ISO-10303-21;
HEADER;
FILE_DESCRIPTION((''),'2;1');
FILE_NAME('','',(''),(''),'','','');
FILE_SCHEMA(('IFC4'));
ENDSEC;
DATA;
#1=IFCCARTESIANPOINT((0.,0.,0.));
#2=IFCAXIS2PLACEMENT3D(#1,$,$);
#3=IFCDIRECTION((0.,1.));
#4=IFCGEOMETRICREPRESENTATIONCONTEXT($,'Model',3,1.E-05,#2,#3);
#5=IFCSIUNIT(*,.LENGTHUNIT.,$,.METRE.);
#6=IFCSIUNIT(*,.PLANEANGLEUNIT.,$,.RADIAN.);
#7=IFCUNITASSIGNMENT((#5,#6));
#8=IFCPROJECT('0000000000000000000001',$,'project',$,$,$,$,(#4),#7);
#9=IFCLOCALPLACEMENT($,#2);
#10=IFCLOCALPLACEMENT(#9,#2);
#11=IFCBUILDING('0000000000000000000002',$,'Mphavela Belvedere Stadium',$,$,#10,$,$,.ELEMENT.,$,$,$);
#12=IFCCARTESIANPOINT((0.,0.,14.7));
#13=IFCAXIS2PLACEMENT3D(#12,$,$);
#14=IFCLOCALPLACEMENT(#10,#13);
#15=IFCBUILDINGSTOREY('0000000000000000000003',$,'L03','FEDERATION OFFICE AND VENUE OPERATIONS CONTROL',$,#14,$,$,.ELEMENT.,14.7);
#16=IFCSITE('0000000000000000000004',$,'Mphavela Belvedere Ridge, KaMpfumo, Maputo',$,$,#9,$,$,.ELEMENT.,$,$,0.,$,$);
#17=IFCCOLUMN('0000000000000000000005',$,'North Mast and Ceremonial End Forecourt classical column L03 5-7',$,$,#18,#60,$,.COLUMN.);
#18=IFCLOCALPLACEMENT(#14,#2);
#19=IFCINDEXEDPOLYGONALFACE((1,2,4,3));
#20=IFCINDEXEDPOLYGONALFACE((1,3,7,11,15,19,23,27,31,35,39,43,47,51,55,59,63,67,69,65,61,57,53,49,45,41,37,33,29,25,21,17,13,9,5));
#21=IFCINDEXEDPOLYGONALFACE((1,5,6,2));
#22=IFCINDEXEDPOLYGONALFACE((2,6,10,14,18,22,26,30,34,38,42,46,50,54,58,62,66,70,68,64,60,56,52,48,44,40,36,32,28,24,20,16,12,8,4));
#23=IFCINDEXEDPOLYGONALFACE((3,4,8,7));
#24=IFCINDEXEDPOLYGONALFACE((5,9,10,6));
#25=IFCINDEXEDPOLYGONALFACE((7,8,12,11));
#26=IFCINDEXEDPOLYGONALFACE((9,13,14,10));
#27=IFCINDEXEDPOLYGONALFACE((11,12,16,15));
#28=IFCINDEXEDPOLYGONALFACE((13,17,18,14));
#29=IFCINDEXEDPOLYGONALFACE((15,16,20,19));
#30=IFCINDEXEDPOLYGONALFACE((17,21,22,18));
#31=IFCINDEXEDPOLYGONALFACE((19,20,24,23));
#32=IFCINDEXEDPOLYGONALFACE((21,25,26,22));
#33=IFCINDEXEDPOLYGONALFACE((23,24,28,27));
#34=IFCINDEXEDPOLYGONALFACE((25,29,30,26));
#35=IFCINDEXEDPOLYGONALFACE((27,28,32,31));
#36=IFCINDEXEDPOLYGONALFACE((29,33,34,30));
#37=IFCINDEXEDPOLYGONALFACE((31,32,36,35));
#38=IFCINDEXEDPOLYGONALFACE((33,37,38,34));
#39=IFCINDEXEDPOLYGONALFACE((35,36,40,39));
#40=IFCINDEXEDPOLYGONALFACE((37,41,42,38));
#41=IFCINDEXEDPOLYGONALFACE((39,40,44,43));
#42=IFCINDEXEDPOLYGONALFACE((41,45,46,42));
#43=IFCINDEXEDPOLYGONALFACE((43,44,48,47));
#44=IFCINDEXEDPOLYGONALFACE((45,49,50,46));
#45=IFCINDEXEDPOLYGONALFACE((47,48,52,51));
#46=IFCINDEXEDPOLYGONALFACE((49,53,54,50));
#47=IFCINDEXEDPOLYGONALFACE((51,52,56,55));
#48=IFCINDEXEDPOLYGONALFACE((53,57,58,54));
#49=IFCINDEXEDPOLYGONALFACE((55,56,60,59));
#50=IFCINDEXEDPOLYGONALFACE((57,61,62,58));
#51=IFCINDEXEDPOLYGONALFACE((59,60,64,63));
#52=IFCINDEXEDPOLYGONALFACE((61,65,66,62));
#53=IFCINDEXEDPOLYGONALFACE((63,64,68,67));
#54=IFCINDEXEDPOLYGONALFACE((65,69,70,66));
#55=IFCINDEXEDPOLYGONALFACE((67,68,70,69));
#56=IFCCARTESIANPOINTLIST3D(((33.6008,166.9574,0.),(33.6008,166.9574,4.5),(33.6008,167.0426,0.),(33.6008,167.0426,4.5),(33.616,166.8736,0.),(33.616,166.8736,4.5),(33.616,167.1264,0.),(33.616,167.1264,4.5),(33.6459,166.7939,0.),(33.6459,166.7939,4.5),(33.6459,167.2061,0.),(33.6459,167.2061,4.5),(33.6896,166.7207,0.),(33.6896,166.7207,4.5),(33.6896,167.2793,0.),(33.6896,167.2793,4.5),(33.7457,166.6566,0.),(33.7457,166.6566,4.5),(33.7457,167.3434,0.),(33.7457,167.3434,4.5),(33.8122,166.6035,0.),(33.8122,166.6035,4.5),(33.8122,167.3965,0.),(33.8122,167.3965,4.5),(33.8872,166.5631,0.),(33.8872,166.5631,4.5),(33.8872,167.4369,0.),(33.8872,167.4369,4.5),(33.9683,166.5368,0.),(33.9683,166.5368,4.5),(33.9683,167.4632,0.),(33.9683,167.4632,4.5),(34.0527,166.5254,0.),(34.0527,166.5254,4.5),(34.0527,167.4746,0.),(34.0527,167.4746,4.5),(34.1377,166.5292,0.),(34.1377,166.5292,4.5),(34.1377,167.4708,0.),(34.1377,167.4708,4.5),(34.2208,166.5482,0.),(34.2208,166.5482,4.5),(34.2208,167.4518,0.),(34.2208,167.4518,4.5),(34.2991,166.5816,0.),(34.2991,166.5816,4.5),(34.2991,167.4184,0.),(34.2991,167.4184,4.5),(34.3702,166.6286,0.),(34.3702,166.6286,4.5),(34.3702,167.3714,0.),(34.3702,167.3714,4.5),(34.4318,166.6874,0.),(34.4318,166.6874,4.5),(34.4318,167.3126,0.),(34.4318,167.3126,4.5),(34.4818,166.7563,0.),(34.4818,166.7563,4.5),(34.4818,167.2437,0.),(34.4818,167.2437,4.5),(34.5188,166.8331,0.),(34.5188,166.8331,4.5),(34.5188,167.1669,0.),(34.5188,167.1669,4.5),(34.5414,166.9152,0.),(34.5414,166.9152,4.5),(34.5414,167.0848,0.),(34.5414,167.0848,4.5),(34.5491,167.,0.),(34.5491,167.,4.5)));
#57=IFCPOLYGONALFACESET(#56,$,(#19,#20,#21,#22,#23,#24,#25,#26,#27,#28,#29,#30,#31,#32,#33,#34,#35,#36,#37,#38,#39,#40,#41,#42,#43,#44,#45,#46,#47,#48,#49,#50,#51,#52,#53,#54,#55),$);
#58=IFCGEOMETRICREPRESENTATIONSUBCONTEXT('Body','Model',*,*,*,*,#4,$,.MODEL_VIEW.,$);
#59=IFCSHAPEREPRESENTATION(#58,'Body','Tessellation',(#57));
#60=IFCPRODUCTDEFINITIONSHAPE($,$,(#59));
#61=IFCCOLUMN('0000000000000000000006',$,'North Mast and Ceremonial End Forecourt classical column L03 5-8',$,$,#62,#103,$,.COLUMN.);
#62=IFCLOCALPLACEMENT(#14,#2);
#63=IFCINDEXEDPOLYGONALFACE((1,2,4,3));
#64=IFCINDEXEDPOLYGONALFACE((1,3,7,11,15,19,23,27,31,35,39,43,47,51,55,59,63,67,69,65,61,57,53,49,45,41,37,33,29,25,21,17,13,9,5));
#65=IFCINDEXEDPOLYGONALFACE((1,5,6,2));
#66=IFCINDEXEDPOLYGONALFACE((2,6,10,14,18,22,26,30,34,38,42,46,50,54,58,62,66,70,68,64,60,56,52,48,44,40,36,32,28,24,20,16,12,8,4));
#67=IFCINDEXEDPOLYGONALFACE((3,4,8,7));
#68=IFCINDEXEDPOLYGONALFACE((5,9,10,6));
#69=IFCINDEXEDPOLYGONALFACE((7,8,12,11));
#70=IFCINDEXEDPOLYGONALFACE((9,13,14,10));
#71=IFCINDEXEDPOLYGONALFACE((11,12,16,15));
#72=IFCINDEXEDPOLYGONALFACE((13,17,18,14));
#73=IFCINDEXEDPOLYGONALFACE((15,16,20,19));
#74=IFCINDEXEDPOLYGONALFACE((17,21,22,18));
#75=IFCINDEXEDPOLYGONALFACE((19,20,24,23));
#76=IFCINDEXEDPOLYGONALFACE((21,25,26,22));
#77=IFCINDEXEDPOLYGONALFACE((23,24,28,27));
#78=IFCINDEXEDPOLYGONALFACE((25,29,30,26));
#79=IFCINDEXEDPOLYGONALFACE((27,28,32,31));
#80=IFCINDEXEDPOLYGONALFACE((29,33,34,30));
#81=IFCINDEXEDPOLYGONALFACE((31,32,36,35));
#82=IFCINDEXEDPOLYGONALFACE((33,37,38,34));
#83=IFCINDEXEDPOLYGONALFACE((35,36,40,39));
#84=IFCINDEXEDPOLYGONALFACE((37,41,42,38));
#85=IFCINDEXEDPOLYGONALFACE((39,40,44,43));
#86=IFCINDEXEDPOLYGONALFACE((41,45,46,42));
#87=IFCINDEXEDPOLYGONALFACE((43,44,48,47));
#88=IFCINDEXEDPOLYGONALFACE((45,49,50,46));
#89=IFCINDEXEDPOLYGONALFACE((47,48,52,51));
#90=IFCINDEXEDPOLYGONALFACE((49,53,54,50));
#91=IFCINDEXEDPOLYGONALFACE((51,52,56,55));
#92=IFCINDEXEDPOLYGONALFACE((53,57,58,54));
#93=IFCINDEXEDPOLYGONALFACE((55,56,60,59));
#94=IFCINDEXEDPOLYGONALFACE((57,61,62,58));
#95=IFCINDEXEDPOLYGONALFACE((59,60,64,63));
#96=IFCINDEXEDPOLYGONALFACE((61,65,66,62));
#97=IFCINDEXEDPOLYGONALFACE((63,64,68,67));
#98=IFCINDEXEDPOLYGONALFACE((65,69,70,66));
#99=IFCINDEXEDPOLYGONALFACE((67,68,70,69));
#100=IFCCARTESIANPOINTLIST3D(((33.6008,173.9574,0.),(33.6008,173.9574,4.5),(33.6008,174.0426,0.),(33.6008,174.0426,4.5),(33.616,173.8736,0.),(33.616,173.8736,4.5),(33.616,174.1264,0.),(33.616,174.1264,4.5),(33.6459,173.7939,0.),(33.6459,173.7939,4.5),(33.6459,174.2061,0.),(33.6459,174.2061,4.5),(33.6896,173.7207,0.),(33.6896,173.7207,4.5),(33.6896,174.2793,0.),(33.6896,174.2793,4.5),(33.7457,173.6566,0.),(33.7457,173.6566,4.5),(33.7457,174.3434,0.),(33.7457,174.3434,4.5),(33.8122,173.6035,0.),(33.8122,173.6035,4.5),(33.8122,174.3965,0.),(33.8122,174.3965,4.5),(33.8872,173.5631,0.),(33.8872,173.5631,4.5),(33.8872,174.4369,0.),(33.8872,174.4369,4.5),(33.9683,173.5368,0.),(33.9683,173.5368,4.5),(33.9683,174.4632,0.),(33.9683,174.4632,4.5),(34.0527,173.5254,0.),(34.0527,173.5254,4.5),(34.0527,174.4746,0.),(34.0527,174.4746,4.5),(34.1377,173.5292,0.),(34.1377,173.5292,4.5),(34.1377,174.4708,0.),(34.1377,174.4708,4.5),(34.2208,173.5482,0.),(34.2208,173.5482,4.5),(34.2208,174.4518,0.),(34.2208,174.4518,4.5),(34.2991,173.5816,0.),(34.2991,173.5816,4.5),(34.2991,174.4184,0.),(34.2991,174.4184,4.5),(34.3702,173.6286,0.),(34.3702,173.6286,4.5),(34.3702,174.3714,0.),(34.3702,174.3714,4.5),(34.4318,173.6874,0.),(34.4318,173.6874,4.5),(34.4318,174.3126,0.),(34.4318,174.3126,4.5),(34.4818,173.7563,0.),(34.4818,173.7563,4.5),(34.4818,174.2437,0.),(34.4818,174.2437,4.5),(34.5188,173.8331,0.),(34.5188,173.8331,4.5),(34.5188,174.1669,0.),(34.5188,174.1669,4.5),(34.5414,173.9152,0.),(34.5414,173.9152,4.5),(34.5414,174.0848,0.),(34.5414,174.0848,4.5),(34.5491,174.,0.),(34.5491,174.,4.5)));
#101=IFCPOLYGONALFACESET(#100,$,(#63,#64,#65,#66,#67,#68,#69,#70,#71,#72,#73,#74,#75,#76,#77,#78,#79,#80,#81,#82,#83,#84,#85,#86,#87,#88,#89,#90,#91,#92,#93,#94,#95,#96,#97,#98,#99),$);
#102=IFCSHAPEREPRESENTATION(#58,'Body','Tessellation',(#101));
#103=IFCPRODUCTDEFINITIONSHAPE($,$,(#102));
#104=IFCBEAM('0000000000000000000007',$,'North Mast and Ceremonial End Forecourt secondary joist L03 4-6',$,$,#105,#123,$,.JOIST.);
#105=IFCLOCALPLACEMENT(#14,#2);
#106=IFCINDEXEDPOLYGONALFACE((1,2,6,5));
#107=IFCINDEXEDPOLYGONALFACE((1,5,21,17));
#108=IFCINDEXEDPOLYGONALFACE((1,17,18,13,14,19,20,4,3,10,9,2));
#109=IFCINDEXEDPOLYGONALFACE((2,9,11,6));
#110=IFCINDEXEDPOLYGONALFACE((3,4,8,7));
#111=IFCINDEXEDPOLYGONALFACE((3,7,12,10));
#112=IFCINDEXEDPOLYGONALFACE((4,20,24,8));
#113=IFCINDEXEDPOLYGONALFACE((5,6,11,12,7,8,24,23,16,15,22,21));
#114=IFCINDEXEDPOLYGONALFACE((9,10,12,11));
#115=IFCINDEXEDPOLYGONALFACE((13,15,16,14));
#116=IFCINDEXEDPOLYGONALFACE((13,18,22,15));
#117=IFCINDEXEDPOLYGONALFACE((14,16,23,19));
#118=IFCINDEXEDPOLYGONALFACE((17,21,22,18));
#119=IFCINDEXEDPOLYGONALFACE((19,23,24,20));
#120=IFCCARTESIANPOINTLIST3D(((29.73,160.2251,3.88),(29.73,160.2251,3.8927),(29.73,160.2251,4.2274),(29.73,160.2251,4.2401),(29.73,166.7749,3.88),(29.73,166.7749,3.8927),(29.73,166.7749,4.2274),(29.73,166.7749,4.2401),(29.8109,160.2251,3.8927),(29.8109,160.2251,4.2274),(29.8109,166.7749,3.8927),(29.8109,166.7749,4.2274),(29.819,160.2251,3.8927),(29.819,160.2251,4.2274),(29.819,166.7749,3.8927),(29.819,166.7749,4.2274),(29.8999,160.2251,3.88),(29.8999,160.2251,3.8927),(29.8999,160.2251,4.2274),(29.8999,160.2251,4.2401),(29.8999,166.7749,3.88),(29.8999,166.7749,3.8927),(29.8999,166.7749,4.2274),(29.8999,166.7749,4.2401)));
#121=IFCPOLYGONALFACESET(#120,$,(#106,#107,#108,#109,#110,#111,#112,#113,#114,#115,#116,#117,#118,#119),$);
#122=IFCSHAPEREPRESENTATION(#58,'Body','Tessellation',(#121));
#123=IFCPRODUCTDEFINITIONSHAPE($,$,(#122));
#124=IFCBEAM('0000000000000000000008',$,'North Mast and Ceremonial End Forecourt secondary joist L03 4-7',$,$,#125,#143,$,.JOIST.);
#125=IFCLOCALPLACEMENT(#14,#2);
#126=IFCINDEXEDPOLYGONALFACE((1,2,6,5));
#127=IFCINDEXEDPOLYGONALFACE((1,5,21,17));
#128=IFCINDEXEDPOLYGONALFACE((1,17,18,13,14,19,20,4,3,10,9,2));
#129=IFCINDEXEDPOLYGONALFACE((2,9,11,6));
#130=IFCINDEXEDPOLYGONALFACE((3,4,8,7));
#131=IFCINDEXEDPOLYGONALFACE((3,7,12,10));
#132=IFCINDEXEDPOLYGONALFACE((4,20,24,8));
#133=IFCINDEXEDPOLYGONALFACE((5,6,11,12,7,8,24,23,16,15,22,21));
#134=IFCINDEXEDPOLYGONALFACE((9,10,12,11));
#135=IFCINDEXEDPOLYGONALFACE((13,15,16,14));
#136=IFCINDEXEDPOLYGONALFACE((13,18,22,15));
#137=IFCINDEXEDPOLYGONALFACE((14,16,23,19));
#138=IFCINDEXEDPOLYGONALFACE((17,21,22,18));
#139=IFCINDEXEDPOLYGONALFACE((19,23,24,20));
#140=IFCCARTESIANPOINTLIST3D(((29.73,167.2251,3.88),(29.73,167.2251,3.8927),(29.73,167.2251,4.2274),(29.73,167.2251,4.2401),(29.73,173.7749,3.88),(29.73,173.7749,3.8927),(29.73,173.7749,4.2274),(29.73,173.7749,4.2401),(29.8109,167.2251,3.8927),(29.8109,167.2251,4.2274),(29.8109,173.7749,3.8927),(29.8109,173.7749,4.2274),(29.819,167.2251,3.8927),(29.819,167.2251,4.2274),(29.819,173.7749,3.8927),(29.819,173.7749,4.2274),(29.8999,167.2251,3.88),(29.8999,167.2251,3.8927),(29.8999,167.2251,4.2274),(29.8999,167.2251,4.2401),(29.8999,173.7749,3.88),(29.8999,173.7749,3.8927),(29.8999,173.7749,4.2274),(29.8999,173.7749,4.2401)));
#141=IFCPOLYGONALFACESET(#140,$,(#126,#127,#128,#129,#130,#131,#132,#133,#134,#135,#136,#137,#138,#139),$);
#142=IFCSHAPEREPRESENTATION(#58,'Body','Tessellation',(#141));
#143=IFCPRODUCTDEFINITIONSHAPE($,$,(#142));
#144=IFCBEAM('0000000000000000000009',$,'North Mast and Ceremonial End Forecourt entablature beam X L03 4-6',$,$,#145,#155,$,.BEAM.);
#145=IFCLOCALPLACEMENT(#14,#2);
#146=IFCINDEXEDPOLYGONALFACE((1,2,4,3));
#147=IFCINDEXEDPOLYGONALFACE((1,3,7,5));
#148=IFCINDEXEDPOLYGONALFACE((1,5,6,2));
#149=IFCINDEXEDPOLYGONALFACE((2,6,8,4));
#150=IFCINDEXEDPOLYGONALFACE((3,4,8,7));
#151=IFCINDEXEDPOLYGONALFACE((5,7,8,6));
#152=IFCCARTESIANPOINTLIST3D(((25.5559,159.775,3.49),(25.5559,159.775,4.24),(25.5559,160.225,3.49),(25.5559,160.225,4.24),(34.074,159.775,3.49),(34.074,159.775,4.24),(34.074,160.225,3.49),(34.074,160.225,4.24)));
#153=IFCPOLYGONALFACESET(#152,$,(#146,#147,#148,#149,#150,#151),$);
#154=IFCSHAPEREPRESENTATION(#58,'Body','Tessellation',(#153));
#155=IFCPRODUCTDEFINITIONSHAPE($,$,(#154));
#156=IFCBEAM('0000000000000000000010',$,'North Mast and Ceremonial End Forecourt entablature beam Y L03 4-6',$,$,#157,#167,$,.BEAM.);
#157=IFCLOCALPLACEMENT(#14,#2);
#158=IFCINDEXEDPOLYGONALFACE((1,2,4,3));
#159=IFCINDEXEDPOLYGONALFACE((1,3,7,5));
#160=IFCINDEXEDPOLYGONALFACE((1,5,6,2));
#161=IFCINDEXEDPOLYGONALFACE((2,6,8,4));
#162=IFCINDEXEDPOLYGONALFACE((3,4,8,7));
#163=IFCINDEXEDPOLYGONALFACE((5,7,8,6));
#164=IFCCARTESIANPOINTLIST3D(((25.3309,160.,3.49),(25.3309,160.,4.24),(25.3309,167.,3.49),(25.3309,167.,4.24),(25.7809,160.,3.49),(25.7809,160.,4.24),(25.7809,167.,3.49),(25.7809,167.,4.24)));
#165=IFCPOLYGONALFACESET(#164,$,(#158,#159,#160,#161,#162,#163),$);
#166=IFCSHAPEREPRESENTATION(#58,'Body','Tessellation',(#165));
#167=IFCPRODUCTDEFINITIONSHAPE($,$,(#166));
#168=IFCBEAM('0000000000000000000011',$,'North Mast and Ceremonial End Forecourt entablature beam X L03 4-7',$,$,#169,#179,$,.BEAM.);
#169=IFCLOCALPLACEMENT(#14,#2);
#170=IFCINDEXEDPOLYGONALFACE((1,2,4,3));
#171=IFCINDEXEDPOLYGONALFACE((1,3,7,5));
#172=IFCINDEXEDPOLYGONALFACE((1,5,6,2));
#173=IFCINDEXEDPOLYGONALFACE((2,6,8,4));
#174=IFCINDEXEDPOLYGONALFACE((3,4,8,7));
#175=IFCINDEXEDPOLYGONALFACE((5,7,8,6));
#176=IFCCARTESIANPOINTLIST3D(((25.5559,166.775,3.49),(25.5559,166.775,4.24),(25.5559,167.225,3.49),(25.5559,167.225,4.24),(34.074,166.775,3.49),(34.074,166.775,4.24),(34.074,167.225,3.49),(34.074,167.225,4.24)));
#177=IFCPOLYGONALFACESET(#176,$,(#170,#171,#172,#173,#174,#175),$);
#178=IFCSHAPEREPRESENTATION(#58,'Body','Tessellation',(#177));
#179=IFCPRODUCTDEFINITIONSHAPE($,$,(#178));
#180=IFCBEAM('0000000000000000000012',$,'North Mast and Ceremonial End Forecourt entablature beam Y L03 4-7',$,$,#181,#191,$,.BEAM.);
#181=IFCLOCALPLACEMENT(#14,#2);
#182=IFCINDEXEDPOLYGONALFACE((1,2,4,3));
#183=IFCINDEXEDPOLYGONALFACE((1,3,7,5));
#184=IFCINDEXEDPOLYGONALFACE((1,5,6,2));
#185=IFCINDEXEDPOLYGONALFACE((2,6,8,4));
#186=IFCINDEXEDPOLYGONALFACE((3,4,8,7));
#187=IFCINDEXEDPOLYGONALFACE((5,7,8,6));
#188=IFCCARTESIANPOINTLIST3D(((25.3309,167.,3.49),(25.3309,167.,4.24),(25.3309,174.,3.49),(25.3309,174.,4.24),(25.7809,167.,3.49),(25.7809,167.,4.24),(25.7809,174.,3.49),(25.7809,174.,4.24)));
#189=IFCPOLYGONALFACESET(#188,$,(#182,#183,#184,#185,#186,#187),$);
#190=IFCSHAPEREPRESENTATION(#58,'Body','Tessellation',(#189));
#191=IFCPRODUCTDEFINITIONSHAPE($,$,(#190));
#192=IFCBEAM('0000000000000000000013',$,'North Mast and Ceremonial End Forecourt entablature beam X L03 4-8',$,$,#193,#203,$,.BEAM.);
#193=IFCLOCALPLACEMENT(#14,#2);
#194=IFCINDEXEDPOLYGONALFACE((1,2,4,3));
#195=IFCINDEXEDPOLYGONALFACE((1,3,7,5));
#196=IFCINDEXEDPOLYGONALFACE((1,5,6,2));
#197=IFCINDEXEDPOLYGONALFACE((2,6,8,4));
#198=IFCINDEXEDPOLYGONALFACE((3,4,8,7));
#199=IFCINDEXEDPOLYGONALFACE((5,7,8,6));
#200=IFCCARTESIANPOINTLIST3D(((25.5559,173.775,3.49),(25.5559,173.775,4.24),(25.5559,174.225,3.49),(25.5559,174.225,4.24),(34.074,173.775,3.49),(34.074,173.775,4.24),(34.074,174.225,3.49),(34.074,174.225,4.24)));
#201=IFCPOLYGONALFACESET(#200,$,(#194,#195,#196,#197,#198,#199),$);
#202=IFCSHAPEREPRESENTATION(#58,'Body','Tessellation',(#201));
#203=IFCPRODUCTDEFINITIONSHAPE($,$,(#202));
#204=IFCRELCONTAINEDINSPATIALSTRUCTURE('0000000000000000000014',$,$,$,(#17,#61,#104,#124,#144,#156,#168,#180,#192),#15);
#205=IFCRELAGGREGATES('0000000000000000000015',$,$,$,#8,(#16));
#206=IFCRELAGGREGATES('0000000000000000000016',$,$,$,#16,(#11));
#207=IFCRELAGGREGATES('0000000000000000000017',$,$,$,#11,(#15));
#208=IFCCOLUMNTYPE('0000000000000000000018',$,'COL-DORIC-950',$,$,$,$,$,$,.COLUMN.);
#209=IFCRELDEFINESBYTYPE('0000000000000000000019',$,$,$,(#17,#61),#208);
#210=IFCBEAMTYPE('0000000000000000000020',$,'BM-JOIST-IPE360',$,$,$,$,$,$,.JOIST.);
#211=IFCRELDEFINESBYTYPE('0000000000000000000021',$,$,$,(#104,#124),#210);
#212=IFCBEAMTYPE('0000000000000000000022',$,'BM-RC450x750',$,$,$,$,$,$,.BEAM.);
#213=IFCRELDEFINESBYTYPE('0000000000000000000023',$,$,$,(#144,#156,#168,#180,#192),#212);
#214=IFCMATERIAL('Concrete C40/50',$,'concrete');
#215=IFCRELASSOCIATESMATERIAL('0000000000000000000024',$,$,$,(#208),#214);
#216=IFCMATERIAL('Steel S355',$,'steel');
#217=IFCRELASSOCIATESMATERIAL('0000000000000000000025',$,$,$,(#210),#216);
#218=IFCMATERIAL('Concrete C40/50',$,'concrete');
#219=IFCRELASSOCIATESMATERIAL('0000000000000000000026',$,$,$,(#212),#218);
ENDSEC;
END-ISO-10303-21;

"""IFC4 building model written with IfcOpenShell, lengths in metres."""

from ifc_helpers import new_model, si_unit, direction, frame, origin, origin_2d, place, context, subcontext, project, spatial, rectangle, circle, i_section, extrude, material, material_profile, profile_set, type_object, element, save


model = new_model("IFC4")

# Units and contexts
model_context = context("Model", 3, precision=1e-05, world=origin(), true_north=direction((0.0, 1.0)))
body_context = subcontext(model_context, "Body", "Model", "MODEL_VIEW")
ifc_project = project(units=[si_unit("LENGTHUNIT", "METRE"), si_unit("PLANEANGLEUNIT", "RADIAN")], contexts=[model_context])

# Site, building, storey
site_placement = place(None, origin())
site = spatial("IfcSite", under=ifc_project, at=site_placement, Name="Mphavela Belvedere Ridge, KaMpfumo, Maputo", CompositionType="ELEMENT", RefElevation=0.0)
building_placement = place(site_placement, origin())
building = spatial("IfcBuilding", under=site, at=building_placement, Name="Mphavela Belvedere Stadium", CompositionType="ELEMENT")
storey_placement = place(building_placement, frame((0.0, 0.0, 14.7)))
storey = spatial("IfcBuildingStorey", under=building, at=storey_placement, Name="L03", Description="FEDERATION OFFICE AND VENUE OPERATIONS CONTROL", CompositionType="ELEMENT", Elevation=14.7)

# Columns
ifc_material_1 = material(Name="Concrete C40/50", Category="concrete")
ifc_material_profile_1 = material_profile(ifc_material_1, circle(Radius=0.4751, at=origin_2d()), Name="COL D950")
ifc_profile_set_1 = profile_set([ifc_material_profile_1], Name="Concrete C40/50")
column_type = type_object("IfcColumnType", Name="COL-DORIC-950", PredefinedType="COLUMN", material=ifc_profile_set_1)
for number, where, z_axis, x_axis, name in (
    (1, (34.074, 167.0, 0.0), (0.0, 0.0, 1.0), (1.0, 0.0, 0.0), "North Mast and Ceremonial End Forecourt classical column L03 5-7"),
    (2, (34.074, 174.0, 0.0), (0.0, 0.0, 1.0), (1.0, 0.0, 0.0), "North Mast and Ceremonial End Forecourt classical column L03 5-8"),
):
    element("IfcColumn", number, at=place(storey_placement, frame(where, z_axis=z_axis, x_axis=x_axis)), inside=storey, type_object=column_type, Name=name, PredefinedType="COLUMN", context=body_context, shape_type="SweptSolid", body=[
        extrude(circle(Radius=0.4751, at=origin_2d()), origin(), (0.0, 0.0, 1.0), 4.5),
    ])

# Beams
ifc_material_2 = material(Name="Steel S355", Category="steel")
ifc_material_profile_2 = material_profile(ifc_material_2, i_section(OverallWidth=0.1699, OverallDepth=0.3601, WebThickness=0.0081, FlangeThickness=0.0127, at=origin_2d()), Name="IPE 360")
ifc_profile_set_2 = profile_set([ifc_material_profile_2], Name="Steel S355")
beam_type_1 = type_object("IfcBeamType", Name="BM-JOIST-IPE360", PredefinedType="JOIST", material=ifc_profile_set_2)
for number, where, z_axis, x_axis, name in (
    (3, (29.8149, 160.2251, 4.0601), (0.0, 1.0, 0.0), (-1.0, 0.0, 0.0), "North Mast and Ceremonial End Forecourt secondary joist L03 4-6"),
    (4, (29.8149, 167.2251, 4.0601), (0.0, 1.0, 0.0), (-1.0, 0.0, 0.0), "North Mast and Ceremonial End Forecourt secondary joist L03 4-7"),
):
    element("IfcBeam", number, at=place(storey_placement, frame(where, z_axis=z_axis, x_axis=x_axis)), inside=storey, type_object=beam_type_1, Name=name, PredefinedType="JOIST", context=body_context, shape_type="SweptSolid", body=[
        extrude(i_section(OverallWidth=0.1699, OverallDepth=0.3601, WebThickness=0.0081, FlangeThickness=0.0127, at=origin_2d()), origin(), (0.0, 0.0, 1.0), 6.5498),
    ])
ifc_material_3 = material(Name="Concrete C40/50", Category="concrete")
ifc_material_profile_3 = material_profile(ifc_material_3, rectangle(XDim=0.45, YDim=0.75, at=origin_2d()), Name="RC 450x750")
ifc_profile_set_3 = profile_set([ifc_material_profile_3], Name="Concrete C40/50")
beam_type_2 = type_object("IfcBeamType", Name="BM-RC450x750", PredefinedType="BEAM", material=ifc_profile_set_3)
beam_1_placement = place(storey_placement, frame((25.5559, 160.0, 3.865), z_axis=(1.0, 0.0, 0.0), x_axis=(0.0, 1.0, 0.0)))
element("IfcBeam", 5, at=beam_1_placement, inside=storey, type_object=beam_type_2, Name="North Mast and Ceremonial End Forecourt entablature beam X L03 4-6", PredefinedType="BEAM", context=body_context, shape_type="SweptSolid", body=[
    extrude(rectangle(XDim=0.45, YDim=0.75, at=origin_2d()), origin(), (0.0, 0.0, 1.0), 8.5181),
])
beam_2_placement = place(storey_placement, frame((25.5559, 160.0, 3.865), z_axis=(0.0, 1.0, 0.0), x_axis=(-1.0, 0.0, 0.0)))
element("IfcBeam", 6, at=beam_2_placement, inside=storey, type_object=beam_type_2, Name="North Mast and Ceremonial End Forecourt entablature beam Y L03 4-6", PredefinedType="BEAM", context=body_context, shape_type="SweptSolid", body=[
    extrude(rectangle(XDim=0.45, YDim=0.75, at=origin_2d()), origin(), (0.0, 0.0, 1.0), 7.0),
])
beam_3_placement = place(storey_placement, frame((25.5559, 167.0, 3.865), z_axis=(1.0, 0.0, 0.0), x_axis=(0.0, 1.0, 0.0)))
element("IfcBeam", 7, at=beam_3_placement, inside=storey, type_object=beam_type_2, Name="North Mast and Ceremonial End Forecourt entablature beam X L03 4-7", PredefinedType="BEAM", context=body_context, shape_type="SweptSolid", body=[
    extrude(rectangle(XDim=0.45, YDim=0.75, at=origin_2d()), origin(), (0.0, 0.0, 1.0), 8.5181),
])
beam_4_placement = place(storey_placement, frame((25.5559, 167.0, 3.865), z_axis=(0.0, 1.0, 0.0), x_axis=(-1.0, 0.0, 0.0)))
element("IfcBeam", 8, at=beam_4_placement, inside=storey, type_object=beam_type_2, Name="North Mast and Ceremonial End Forecourt entablature beam Y L03 4-7", PredefinedType="BEAM", context=body_context, shape_type="SweptSolid", body=[
    extrude(rectangle(XDim=0.45, YDim=0.75, at=origin_2d()), origin(), (0.0, 0.0, 1.0), 7.0),
])
beam_5_placement = place(storey_placement, frame((25.5559, 174.0, 3.865), z_axis=(1.0, 0.0, 0.0), x_axis=(0.0, 1.0, 0.0)))
element("IfcBeam", 9, at=beam_5_placement, inside=storey, type_object=beam_type_2, Name="North Mast and Ceremonial End Forecourt entablature beam X L03 4-8", PredefinedType="BEAM", context=body_context, shape_type="SweptSolid", body=[
    extrude(rectangle(XDim=0.45, YDim=0.75, at=origin_2d()), origin(), (0.0, 0.0, 1.0), 8.5181),
])

save(model, "model.ifc")
